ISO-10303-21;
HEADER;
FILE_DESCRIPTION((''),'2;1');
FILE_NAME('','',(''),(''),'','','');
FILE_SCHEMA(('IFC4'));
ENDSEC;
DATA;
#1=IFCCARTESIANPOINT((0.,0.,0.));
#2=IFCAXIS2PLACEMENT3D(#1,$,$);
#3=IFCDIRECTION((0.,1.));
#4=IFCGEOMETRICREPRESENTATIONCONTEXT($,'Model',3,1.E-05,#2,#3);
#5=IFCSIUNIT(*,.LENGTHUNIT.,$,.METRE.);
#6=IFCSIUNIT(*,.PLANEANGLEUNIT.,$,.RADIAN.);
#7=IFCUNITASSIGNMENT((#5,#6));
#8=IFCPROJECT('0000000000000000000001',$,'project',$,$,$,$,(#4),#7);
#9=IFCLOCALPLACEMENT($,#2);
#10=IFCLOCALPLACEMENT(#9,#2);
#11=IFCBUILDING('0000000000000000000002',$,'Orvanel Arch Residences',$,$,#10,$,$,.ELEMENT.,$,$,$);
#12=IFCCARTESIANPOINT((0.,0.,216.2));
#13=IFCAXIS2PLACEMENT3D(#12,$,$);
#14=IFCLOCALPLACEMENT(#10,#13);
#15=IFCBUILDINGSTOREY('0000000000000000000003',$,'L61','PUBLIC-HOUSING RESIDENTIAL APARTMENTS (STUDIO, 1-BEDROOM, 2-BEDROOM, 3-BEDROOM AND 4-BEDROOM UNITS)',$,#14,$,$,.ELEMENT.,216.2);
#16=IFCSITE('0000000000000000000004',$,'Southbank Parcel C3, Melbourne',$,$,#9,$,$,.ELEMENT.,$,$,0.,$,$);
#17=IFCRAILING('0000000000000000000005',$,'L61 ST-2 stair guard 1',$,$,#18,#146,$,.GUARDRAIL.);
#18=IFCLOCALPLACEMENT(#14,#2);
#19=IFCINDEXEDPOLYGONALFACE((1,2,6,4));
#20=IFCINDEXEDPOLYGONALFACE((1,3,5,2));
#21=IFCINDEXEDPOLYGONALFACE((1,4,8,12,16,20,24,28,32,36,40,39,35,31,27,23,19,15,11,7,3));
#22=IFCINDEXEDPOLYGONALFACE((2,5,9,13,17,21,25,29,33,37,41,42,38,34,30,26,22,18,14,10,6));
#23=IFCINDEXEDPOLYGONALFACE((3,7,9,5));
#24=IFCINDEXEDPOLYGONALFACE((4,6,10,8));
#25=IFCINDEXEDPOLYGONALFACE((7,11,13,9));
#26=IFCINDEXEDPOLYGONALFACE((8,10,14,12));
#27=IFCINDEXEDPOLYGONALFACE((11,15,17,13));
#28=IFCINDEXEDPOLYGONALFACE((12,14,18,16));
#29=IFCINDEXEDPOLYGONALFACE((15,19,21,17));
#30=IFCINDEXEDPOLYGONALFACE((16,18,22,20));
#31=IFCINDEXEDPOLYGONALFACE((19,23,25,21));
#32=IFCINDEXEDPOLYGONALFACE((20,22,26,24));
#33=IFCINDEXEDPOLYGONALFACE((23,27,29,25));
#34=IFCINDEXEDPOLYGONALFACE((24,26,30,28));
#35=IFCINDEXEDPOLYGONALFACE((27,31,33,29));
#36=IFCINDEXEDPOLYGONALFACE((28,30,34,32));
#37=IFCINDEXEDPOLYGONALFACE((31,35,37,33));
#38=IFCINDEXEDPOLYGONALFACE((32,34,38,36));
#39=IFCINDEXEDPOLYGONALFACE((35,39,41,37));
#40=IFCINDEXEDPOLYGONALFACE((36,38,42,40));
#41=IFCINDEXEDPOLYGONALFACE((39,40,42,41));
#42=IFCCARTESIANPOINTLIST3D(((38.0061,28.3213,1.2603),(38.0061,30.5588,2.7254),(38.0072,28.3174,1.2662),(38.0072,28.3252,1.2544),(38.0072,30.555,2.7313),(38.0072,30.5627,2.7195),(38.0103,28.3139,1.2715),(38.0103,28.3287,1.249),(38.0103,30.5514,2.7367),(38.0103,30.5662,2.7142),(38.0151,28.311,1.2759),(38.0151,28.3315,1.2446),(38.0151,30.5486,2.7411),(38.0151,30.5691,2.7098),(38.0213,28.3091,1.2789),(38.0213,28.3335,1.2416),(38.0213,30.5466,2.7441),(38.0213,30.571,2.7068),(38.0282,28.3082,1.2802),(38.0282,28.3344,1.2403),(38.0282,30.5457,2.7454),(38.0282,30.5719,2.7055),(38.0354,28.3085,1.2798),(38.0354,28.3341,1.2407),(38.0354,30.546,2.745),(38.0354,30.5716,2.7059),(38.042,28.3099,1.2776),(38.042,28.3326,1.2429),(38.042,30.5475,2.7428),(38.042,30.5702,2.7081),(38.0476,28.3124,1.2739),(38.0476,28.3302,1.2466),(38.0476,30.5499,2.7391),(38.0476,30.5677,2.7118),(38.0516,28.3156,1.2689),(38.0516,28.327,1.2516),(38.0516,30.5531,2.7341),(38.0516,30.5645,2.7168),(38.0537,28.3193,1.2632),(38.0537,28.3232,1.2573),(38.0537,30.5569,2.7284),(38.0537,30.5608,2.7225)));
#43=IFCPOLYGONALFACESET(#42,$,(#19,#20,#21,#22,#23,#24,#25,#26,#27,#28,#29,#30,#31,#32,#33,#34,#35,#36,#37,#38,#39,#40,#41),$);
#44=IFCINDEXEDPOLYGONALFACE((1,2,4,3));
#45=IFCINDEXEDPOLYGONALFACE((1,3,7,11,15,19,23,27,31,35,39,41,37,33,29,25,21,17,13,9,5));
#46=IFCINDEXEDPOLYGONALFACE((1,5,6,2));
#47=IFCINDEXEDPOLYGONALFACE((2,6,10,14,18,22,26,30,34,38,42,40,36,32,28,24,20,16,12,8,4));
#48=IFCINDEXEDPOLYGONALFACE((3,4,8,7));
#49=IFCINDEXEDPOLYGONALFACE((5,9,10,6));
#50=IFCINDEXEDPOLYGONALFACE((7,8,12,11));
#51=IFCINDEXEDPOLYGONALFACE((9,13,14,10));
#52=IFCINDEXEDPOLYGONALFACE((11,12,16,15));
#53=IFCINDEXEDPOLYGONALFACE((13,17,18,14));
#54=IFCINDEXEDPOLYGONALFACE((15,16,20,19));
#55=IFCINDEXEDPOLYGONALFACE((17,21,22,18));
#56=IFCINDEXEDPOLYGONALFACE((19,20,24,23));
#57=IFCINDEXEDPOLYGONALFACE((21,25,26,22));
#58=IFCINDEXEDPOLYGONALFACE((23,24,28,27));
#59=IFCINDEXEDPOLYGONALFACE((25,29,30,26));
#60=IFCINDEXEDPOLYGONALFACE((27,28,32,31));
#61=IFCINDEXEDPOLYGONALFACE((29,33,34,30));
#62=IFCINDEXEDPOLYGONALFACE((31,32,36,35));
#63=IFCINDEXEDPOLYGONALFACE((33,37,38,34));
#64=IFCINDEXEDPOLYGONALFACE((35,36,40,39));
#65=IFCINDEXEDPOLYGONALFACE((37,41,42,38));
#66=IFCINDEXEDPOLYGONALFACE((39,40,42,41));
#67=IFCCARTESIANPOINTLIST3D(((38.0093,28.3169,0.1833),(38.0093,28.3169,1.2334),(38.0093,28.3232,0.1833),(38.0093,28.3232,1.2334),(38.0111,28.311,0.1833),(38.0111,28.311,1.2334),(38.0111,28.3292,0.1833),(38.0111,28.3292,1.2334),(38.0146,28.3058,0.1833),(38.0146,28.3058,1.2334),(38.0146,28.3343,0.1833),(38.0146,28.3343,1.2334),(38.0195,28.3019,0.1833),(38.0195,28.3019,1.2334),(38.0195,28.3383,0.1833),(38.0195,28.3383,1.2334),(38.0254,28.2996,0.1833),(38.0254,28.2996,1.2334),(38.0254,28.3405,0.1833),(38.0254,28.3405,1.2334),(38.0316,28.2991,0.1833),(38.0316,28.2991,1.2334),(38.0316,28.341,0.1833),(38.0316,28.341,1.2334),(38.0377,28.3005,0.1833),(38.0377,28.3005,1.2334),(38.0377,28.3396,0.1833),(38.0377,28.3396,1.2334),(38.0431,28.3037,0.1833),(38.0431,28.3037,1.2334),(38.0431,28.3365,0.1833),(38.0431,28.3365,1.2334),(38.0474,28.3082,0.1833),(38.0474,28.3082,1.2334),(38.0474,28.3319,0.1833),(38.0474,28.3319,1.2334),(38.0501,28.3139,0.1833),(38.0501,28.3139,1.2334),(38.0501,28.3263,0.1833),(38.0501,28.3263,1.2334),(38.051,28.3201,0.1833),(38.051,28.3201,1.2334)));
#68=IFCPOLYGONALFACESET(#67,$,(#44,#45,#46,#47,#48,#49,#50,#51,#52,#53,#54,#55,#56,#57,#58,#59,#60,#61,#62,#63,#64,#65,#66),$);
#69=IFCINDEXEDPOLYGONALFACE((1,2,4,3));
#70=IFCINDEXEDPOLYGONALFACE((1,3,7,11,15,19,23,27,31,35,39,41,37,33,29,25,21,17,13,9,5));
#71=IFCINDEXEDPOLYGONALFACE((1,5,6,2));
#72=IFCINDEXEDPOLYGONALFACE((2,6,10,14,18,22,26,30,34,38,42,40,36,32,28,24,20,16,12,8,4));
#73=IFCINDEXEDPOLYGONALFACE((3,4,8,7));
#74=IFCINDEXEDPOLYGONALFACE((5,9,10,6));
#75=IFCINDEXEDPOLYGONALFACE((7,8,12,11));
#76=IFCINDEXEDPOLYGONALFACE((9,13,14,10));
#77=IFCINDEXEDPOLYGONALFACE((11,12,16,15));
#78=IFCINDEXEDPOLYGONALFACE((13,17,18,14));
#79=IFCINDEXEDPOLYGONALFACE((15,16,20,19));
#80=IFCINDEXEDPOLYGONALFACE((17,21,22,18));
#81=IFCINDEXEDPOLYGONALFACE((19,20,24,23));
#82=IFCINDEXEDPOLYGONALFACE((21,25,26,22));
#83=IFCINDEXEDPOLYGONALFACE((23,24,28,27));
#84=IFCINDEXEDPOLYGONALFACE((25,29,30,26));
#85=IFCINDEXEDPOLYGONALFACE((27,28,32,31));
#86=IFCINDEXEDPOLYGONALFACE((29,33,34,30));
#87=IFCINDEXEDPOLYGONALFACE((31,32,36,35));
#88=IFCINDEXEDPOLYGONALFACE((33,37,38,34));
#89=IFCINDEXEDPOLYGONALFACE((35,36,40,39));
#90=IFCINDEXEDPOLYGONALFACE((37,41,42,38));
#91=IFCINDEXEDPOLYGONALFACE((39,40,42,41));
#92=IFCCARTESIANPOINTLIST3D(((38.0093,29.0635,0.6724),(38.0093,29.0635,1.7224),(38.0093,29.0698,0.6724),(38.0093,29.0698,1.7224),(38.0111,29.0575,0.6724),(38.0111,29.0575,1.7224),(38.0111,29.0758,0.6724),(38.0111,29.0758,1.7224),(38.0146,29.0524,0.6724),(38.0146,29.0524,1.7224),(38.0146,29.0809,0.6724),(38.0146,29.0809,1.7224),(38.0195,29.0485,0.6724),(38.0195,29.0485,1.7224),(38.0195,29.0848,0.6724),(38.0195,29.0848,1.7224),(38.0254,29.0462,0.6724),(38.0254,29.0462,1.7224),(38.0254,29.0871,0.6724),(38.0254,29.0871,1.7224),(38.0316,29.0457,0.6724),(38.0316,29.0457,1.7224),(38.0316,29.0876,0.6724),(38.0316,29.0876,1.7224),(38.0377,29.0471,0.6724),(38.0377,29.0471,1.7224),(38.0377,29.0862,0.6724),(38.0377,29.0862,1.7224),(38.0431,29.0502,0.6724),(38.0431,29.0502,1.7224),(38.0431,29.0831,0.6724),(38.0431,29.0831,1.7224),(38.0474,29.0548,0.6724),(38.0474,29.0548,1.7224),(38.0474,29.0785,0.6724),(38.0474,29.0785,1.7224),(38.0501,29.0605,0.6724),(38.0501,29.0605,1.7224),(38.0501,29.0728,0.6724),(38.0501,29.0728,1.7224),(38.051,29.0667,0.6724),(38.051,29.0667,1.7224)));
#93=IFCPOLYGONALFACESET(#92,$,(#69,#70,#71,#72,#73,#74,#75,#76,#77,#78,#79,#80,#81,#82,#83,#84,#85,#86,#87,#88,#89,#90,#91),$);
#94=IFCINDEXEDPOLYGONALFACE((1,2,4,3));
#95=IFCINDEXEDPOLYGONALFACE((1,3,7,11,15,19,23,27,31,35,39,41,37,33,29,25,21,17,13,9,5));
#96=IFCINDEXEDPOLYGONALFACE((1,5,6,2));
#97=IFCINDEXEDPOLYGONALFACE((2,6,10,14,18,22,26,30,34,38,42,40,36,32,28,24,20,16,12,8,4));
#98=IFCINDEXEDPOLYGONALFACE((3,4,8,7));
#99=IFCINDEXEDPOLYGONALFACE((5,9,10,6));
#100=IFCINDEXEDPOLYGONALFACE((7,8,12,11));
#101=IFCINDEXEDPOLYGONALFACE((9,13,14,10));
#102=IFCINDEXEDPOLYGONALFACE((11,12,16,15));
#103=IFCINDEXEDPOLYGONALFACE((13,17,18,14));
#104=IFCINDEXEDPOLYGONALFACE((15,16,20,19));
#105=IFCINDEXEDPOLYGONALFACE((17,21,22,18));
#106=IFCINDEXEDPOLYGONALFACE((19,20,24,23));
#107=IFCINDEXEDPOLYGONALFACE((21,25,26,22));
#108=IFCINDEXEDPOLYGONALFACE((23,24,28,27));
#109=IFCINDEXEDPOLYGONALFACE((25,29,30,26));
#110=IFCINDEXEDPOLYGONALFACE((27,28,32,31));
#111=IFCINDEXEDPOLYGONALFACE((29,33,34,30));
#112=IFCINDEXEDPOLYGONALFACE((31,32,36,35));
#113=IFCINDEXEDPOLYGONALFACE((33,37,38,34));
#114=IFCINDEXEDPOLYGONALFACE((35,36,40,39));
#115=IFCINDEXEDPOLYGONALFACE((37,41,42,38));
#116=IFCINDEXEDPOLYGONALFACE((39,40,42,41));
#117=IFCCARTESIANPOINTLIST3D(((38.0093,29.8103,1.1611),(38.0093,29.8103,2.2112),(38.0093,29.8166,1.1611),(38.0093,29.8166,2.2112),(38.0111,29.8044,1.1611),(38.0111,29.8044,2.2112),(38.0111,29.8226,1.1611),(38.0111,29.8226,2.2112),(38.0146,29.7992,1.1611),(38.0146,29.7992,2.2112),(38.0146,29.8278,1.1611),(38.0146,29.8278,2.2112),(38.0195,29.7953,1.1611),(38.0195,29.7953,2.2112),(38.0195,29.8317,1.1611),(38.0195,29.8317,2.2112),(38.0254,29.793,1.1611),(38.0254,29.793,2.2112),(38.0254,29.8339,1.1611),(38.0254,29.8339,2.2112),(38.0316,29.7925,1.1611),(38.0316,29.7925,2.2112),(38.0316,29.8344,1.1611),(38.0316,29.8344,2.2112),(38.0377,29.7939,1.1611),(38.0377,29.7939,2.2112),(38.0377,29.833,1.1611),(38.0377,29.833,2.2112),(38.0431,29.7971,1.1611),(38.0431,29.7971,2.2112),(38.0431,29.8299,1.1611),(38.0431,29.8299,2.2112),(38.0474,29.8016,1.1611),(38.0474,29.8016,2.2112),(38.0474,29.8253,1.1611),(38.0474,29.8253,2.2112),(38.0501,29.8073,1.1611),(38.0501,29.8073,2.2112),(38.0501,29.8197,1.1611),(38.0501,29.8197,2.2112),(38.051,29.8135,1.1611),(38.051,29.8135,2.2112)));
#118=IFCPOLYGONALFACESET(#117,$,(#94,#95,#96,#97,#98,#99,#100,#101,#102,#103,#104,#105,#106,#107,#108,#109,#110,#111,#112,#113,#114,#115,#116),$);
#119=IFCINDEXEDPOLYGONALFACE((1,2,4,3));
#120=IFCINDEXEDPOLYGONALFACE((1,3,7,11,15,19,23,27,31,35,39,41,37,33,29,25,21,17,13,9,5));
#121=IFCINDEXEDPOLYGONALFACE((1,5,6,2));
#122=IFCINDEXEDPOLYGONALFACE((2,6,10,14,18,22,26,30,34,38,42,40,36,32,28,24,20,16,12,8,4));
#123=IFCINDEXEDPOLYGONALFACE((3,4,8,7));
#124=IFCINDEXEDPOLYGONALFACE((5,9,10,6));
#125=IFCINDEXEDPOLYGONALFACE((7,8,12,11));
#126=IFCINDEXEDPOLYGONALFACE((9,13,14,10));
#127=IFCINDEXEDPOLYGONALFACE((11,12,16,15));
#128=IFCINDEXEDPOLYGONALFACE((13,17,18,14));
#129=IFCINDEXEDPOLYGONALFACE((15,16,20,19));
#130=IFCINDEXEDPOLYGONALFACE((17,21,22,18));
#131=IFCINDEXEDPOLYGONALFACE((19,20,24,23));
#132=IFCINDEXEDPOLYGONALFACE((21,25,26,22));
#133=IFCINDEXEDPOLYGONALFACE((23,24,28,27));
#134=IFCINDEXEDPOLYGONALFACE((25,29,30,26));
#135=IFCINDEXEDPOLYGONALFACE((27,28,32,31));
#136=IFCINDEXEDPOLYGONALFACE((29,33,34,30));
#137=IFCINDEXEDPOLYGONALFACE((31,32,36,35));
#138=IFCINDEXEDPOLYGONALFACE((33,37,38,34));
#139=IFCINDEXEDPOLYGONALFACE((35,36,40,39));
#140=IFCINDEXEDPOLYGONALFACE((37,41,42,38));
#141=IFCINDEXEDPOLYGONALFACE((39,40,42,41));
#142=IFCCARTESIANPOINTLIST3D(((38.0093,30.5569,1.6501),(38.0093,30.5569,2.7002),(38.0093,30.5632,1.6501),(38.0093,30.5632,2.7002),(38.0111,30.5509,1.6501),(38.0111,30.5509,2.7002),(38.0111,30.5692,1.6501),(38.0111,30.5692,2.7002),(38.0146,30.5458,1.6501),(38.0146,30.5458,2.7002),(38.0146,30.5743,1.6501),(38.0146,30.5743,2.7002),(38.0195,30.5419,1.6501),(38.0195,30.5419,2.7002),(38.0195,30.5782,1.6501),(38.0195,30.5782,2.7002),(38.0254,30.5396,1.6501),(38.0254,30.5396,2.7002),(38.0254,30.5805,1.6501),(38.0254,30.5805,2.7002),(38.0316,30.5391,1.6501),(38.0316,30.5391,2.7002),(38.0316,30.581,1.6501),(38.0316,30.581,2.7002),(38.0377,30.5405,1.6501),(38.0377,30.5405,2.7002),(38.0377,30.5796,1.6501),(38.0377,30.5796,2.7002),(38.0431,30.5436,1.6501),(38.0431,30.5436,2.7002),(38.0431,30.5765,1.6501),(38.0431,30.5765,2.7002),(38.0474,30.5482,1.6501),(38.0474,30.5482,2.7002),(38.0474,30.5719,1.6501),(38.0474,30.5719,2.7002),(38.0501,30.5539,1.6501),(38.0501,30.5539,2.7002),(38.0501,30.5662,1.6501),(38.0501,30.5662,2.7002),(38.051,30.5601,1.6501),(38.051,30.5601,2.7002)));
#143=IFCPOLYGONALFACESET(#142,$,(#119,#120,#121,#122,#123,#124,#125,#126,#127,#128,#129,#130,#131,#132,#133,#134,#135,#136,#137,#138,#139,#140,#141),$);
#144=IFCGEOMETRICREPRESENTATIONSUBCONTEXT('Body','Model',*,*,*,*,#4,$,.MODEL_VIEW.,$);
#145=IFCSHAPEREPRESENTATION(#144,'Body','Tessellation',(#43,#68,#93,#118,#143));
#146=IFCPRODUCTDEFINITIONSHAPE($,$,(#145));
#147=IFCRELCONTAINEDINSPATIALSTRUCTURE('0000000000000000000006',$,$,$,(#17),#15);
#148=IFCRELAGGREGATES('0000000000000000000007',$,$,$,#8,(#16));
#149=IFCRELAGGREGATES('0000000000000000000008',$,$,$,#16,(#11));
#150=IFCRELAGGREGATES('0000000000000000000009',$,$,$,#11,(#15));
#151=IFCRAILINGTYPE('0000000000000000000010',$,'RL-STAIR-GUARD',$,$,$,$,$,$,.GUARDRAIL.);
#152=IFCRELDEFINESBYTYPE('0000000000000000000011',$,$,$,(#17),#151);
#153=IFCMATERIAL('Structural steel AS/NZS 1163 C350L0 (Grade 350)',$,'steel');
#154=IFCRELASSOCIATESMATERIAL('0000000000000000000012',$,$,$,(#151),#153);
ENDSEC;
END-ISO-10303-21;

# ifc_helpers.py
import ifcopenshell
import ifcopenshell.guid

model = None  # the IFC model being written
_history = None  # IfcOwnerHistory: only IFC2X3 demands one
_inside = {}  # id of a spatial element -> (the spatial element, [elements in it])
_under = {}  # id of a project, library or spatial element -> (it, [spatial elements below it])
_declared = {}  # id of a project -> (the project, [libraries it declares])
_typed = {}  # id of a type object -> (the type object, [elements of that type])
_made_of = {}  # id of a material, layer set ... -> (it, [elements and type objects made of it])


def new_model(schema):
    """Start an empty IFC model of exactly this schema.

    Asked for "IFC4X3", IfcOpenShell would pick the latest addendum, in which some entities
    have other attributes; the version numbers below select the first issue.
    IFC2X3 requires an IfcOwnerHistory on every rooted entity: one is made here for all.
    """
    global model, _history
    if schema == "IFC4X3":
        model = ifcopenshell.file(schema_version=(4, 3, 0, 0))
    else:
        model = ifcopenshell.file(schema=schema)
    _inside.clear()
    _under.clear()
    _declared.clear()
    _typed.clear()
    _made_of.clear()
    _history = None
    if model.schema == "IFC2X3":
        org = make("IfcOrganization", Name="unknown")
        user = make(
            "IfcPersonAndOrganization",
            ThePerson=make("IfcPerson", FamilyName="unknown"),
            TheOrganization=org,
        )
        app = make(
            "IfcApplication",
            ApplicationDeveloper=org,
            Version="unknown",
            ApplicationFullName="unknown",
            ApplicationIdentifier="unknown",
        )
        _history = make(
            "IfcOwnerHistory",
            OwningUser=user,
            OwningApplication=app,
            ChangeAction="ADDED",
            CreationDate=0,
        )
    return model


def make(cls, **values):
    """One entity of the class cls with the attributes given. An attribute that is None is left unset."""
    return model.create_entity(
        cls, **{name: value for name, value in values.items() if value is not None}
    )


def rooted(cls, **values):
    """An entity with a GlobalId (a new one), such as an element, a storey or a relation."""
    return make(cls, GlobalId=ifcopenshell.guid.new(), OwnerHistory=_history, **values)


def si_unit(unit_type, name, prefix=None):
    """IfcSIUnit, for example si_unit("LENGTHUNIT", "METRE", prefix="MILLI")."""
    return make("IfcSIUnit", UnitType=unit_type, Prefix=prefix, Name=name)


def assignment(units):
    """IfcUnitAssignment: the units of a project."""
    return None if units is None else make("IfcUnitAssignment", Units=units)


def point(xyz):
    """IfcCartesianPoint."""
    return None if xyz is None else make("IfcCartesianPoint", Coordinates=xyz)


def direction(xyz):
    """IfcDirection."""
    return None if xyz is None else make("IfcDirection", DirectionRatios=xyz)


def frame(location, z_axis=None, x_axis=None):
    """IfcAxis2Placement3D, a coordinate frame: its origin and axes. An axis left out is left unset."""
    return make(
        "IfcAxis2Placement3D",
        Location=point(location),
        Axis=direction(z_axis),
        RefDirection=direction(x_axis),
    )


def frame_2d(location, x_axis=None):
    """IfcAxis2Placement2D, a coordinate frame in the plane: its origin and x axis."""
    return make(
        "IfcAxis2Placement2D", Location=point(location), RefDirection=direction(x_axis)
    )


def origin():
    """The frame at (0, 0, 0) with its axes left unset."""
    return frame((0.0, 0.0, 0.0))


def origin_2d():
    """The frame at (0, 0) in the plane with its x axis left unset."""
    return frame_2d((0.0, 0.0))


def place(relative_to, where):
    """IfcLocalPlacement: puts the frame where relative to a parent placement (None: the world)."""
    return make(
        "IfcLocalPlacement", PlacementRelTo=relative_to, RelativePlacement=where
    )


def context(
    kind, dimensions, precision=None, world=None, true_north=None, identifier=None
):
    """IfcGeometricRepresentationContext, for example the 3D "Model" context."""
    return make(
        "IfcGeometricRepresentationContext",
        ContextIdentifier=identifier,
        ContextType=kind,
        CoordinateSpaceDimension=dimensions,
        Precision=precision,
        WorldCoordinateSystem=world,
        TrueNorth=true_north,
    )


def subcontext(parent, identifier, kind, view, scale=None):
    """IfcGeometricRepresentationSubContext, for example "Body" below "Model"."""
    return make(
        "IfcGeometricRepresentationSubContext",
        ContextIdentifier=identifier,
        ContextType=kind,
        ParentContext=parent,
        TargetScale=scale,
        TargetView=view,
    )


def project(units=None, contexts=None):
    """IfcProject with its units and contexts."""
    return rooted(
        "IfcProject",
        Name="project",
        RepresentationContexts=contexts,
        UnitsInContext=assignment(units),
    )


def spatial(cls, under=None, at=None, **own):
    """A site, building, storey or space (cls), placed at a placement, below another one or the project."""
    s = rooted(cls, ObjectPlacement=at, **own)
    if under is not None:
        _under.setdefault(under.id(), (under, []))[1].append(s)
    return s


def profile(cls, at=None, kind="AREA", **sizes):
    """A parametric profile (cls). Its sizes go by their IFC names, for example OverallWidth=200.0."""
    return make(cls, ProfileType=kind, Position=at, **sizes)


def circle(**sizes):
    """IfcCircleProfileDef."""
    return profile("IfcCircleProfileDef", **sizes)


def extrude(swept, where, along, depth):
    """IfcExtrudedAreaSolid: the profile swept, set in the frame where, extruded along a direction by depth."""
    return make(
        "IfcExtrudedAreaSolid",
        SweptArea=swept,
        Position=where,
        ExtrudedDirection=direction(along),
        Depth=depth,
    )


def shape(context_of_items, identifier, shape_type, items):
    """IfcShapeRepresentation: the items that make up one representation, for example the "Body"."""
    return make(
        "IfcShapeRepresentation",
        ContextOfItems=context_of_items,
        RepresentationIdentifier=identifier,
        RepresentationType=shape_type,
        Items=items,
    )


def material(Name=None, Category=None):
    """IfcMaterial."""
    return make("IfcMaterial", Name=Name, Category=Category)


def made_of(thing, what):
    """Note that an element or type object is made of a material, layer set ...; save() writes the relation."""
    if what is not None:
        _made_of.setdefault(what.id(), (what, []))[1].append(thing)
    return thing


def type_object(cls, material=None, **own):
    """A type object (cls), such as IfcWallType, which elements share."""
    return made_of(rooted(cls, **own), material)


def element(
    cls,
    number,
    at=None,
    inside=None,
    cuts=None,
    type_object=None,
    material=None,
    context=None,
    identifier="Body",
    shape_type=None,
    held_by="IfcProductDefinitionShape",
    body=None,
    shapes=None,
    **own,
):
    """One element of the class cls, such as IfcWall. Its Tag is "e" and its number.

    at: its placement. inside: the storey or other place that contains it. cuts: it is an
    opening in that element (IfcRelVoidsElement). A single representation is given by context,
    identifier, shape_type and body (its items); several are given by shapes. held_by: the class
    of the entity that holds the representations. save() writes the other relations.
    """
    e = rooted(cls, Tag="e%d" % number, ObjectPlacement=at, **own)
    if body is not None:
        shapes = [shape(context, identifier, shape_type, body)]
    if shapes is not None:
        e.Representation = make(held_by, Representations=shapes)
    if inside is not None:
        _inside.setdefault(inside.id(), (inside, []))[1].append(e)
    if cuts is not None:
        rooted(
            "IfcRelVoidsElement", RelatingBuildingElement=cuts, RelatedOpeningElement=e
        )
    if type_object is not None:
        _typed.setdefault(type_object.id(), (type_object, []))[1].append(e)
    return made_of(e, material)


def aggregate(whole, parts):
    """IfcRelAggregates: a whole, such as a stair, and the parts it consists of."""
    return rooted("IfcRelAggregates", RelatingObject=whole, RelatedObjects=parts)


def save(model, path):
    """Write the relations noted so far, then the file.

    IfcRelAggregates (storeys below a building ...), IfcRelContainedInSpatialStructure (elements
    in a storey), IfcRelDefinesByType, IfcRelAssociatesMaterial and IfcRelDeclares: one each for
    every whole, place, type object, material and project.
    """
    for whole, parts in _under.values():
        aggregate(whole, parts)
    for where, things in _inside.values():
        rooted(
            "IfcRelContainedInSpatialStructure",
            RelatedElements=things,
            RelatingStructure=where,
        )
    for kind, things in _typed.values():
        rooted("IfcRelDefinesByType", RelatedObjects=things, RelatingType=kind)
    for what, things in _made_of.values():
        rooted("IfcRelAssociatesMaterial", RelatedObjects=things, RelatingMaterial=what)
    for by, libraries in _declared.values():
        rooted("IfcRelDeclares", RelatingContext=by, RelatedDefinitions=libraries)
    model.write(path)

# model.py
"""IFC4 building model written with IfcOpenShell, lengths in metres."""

from ifc_helpers import new_model, si_unit, direction, frame, origin, origin_2d, place, context, subcontext, project, spatial, circle, extrude, material, type_object, element, save


model = new_model("IFC4")

# Units and contexts
model_context = context("Model", 3, precision=1e-05, world=origin(), true_north=direction((0.0, 1.0)))
body_context = subcontext(model_context, "Body", "Model", "MODEL_VIEW")
ifc_project = project(units=[si_unit("LENGTHUNIT", "METRE"), si_unit("PLANEANGLEUNIT", "RADIAN")], contexts=[model_context])

# Site, building, storey
site_placement = place(None, origin())
site = spatial("IfcSite", under=ifc_project, at=site_placement, Name="Southbank Parcel C3, Melbourne", CompositionType="ELEMENT", RefElevation=0.0)
building_placement = place(site_placement, origin())
building = spatial("IfcBuilding", under=site, at=building_placement, Name="Orvanel Arch Residences", CompositionType="ELEMENT")
storey_placement = place(building_placement, frame((0.0, 0.0, 216.2)))
storey = spatial("IfcBuildingStorey", under=building, at=storey_placement, Name="L61", Description="PUBLIC-HOUSING RESIDENTIAL APARTMENTS (STUDIO, 1-BEDROOM, 2-BEDROOM, 3-BEDROOM AND 4-BEDROOM UNITS)", CompositionType="ELEMENT", Elevation=216.2)

# Railing
ifc_material_1 = material(Name="Structural steel AS/NZS 1163 C350L0 (Grade 350)", Category="steel")
railing_type_1 = type_object("IfcRailingType", Name="RL-STAIR-GUARD", PredefinedType="GUARDRAIL", material=ifc_material_1)
railing_1_placement = place(storey_placement, frame((38.03, 28.3201, 0.1833)))
element("IfcRailing", 1, at=railing_1_placement, inside=storey, type_object=railing_type_1, Name="L61 ST-2 stair guard 1", PredefinedType="GUARDRAIL", context=body_context, shape_type="SweptSolid", body=[
    extrude(circle(Radius=0.0239, at=origin_2d()), frame((0.0, 0.0012, 1.0769), z_axis=(0.0, 0.836595, 0.547822), x_axis=(-1.0, 0.0, 0.0)), (0.0, 0.0, 1.0), 2.6746),
    extrude(circle(Radius=0.021, at=origin_2d()), origin(), (0.0, 0.0, 1.0), 1.05),
    extrude(circle(Radius=0.021, at=origin_2d()), frame((0.0, 0.7466, 0.489)), (0.0, 0.0, 1.0), 1.05),
    extrude(circle(Radius=0.021, at=origin_2d()), frame((0.0, 1.4934, 0.9778)), (0.0, 0.0, 1.0), 1.05),
    extrude(circle(Radius=0.021, at=origin_2d()), frame((0.0, 2.24, 1.4668)), (0.0, 0.0, 1.0), 1.05),
])

save(model, "model.ifc")
